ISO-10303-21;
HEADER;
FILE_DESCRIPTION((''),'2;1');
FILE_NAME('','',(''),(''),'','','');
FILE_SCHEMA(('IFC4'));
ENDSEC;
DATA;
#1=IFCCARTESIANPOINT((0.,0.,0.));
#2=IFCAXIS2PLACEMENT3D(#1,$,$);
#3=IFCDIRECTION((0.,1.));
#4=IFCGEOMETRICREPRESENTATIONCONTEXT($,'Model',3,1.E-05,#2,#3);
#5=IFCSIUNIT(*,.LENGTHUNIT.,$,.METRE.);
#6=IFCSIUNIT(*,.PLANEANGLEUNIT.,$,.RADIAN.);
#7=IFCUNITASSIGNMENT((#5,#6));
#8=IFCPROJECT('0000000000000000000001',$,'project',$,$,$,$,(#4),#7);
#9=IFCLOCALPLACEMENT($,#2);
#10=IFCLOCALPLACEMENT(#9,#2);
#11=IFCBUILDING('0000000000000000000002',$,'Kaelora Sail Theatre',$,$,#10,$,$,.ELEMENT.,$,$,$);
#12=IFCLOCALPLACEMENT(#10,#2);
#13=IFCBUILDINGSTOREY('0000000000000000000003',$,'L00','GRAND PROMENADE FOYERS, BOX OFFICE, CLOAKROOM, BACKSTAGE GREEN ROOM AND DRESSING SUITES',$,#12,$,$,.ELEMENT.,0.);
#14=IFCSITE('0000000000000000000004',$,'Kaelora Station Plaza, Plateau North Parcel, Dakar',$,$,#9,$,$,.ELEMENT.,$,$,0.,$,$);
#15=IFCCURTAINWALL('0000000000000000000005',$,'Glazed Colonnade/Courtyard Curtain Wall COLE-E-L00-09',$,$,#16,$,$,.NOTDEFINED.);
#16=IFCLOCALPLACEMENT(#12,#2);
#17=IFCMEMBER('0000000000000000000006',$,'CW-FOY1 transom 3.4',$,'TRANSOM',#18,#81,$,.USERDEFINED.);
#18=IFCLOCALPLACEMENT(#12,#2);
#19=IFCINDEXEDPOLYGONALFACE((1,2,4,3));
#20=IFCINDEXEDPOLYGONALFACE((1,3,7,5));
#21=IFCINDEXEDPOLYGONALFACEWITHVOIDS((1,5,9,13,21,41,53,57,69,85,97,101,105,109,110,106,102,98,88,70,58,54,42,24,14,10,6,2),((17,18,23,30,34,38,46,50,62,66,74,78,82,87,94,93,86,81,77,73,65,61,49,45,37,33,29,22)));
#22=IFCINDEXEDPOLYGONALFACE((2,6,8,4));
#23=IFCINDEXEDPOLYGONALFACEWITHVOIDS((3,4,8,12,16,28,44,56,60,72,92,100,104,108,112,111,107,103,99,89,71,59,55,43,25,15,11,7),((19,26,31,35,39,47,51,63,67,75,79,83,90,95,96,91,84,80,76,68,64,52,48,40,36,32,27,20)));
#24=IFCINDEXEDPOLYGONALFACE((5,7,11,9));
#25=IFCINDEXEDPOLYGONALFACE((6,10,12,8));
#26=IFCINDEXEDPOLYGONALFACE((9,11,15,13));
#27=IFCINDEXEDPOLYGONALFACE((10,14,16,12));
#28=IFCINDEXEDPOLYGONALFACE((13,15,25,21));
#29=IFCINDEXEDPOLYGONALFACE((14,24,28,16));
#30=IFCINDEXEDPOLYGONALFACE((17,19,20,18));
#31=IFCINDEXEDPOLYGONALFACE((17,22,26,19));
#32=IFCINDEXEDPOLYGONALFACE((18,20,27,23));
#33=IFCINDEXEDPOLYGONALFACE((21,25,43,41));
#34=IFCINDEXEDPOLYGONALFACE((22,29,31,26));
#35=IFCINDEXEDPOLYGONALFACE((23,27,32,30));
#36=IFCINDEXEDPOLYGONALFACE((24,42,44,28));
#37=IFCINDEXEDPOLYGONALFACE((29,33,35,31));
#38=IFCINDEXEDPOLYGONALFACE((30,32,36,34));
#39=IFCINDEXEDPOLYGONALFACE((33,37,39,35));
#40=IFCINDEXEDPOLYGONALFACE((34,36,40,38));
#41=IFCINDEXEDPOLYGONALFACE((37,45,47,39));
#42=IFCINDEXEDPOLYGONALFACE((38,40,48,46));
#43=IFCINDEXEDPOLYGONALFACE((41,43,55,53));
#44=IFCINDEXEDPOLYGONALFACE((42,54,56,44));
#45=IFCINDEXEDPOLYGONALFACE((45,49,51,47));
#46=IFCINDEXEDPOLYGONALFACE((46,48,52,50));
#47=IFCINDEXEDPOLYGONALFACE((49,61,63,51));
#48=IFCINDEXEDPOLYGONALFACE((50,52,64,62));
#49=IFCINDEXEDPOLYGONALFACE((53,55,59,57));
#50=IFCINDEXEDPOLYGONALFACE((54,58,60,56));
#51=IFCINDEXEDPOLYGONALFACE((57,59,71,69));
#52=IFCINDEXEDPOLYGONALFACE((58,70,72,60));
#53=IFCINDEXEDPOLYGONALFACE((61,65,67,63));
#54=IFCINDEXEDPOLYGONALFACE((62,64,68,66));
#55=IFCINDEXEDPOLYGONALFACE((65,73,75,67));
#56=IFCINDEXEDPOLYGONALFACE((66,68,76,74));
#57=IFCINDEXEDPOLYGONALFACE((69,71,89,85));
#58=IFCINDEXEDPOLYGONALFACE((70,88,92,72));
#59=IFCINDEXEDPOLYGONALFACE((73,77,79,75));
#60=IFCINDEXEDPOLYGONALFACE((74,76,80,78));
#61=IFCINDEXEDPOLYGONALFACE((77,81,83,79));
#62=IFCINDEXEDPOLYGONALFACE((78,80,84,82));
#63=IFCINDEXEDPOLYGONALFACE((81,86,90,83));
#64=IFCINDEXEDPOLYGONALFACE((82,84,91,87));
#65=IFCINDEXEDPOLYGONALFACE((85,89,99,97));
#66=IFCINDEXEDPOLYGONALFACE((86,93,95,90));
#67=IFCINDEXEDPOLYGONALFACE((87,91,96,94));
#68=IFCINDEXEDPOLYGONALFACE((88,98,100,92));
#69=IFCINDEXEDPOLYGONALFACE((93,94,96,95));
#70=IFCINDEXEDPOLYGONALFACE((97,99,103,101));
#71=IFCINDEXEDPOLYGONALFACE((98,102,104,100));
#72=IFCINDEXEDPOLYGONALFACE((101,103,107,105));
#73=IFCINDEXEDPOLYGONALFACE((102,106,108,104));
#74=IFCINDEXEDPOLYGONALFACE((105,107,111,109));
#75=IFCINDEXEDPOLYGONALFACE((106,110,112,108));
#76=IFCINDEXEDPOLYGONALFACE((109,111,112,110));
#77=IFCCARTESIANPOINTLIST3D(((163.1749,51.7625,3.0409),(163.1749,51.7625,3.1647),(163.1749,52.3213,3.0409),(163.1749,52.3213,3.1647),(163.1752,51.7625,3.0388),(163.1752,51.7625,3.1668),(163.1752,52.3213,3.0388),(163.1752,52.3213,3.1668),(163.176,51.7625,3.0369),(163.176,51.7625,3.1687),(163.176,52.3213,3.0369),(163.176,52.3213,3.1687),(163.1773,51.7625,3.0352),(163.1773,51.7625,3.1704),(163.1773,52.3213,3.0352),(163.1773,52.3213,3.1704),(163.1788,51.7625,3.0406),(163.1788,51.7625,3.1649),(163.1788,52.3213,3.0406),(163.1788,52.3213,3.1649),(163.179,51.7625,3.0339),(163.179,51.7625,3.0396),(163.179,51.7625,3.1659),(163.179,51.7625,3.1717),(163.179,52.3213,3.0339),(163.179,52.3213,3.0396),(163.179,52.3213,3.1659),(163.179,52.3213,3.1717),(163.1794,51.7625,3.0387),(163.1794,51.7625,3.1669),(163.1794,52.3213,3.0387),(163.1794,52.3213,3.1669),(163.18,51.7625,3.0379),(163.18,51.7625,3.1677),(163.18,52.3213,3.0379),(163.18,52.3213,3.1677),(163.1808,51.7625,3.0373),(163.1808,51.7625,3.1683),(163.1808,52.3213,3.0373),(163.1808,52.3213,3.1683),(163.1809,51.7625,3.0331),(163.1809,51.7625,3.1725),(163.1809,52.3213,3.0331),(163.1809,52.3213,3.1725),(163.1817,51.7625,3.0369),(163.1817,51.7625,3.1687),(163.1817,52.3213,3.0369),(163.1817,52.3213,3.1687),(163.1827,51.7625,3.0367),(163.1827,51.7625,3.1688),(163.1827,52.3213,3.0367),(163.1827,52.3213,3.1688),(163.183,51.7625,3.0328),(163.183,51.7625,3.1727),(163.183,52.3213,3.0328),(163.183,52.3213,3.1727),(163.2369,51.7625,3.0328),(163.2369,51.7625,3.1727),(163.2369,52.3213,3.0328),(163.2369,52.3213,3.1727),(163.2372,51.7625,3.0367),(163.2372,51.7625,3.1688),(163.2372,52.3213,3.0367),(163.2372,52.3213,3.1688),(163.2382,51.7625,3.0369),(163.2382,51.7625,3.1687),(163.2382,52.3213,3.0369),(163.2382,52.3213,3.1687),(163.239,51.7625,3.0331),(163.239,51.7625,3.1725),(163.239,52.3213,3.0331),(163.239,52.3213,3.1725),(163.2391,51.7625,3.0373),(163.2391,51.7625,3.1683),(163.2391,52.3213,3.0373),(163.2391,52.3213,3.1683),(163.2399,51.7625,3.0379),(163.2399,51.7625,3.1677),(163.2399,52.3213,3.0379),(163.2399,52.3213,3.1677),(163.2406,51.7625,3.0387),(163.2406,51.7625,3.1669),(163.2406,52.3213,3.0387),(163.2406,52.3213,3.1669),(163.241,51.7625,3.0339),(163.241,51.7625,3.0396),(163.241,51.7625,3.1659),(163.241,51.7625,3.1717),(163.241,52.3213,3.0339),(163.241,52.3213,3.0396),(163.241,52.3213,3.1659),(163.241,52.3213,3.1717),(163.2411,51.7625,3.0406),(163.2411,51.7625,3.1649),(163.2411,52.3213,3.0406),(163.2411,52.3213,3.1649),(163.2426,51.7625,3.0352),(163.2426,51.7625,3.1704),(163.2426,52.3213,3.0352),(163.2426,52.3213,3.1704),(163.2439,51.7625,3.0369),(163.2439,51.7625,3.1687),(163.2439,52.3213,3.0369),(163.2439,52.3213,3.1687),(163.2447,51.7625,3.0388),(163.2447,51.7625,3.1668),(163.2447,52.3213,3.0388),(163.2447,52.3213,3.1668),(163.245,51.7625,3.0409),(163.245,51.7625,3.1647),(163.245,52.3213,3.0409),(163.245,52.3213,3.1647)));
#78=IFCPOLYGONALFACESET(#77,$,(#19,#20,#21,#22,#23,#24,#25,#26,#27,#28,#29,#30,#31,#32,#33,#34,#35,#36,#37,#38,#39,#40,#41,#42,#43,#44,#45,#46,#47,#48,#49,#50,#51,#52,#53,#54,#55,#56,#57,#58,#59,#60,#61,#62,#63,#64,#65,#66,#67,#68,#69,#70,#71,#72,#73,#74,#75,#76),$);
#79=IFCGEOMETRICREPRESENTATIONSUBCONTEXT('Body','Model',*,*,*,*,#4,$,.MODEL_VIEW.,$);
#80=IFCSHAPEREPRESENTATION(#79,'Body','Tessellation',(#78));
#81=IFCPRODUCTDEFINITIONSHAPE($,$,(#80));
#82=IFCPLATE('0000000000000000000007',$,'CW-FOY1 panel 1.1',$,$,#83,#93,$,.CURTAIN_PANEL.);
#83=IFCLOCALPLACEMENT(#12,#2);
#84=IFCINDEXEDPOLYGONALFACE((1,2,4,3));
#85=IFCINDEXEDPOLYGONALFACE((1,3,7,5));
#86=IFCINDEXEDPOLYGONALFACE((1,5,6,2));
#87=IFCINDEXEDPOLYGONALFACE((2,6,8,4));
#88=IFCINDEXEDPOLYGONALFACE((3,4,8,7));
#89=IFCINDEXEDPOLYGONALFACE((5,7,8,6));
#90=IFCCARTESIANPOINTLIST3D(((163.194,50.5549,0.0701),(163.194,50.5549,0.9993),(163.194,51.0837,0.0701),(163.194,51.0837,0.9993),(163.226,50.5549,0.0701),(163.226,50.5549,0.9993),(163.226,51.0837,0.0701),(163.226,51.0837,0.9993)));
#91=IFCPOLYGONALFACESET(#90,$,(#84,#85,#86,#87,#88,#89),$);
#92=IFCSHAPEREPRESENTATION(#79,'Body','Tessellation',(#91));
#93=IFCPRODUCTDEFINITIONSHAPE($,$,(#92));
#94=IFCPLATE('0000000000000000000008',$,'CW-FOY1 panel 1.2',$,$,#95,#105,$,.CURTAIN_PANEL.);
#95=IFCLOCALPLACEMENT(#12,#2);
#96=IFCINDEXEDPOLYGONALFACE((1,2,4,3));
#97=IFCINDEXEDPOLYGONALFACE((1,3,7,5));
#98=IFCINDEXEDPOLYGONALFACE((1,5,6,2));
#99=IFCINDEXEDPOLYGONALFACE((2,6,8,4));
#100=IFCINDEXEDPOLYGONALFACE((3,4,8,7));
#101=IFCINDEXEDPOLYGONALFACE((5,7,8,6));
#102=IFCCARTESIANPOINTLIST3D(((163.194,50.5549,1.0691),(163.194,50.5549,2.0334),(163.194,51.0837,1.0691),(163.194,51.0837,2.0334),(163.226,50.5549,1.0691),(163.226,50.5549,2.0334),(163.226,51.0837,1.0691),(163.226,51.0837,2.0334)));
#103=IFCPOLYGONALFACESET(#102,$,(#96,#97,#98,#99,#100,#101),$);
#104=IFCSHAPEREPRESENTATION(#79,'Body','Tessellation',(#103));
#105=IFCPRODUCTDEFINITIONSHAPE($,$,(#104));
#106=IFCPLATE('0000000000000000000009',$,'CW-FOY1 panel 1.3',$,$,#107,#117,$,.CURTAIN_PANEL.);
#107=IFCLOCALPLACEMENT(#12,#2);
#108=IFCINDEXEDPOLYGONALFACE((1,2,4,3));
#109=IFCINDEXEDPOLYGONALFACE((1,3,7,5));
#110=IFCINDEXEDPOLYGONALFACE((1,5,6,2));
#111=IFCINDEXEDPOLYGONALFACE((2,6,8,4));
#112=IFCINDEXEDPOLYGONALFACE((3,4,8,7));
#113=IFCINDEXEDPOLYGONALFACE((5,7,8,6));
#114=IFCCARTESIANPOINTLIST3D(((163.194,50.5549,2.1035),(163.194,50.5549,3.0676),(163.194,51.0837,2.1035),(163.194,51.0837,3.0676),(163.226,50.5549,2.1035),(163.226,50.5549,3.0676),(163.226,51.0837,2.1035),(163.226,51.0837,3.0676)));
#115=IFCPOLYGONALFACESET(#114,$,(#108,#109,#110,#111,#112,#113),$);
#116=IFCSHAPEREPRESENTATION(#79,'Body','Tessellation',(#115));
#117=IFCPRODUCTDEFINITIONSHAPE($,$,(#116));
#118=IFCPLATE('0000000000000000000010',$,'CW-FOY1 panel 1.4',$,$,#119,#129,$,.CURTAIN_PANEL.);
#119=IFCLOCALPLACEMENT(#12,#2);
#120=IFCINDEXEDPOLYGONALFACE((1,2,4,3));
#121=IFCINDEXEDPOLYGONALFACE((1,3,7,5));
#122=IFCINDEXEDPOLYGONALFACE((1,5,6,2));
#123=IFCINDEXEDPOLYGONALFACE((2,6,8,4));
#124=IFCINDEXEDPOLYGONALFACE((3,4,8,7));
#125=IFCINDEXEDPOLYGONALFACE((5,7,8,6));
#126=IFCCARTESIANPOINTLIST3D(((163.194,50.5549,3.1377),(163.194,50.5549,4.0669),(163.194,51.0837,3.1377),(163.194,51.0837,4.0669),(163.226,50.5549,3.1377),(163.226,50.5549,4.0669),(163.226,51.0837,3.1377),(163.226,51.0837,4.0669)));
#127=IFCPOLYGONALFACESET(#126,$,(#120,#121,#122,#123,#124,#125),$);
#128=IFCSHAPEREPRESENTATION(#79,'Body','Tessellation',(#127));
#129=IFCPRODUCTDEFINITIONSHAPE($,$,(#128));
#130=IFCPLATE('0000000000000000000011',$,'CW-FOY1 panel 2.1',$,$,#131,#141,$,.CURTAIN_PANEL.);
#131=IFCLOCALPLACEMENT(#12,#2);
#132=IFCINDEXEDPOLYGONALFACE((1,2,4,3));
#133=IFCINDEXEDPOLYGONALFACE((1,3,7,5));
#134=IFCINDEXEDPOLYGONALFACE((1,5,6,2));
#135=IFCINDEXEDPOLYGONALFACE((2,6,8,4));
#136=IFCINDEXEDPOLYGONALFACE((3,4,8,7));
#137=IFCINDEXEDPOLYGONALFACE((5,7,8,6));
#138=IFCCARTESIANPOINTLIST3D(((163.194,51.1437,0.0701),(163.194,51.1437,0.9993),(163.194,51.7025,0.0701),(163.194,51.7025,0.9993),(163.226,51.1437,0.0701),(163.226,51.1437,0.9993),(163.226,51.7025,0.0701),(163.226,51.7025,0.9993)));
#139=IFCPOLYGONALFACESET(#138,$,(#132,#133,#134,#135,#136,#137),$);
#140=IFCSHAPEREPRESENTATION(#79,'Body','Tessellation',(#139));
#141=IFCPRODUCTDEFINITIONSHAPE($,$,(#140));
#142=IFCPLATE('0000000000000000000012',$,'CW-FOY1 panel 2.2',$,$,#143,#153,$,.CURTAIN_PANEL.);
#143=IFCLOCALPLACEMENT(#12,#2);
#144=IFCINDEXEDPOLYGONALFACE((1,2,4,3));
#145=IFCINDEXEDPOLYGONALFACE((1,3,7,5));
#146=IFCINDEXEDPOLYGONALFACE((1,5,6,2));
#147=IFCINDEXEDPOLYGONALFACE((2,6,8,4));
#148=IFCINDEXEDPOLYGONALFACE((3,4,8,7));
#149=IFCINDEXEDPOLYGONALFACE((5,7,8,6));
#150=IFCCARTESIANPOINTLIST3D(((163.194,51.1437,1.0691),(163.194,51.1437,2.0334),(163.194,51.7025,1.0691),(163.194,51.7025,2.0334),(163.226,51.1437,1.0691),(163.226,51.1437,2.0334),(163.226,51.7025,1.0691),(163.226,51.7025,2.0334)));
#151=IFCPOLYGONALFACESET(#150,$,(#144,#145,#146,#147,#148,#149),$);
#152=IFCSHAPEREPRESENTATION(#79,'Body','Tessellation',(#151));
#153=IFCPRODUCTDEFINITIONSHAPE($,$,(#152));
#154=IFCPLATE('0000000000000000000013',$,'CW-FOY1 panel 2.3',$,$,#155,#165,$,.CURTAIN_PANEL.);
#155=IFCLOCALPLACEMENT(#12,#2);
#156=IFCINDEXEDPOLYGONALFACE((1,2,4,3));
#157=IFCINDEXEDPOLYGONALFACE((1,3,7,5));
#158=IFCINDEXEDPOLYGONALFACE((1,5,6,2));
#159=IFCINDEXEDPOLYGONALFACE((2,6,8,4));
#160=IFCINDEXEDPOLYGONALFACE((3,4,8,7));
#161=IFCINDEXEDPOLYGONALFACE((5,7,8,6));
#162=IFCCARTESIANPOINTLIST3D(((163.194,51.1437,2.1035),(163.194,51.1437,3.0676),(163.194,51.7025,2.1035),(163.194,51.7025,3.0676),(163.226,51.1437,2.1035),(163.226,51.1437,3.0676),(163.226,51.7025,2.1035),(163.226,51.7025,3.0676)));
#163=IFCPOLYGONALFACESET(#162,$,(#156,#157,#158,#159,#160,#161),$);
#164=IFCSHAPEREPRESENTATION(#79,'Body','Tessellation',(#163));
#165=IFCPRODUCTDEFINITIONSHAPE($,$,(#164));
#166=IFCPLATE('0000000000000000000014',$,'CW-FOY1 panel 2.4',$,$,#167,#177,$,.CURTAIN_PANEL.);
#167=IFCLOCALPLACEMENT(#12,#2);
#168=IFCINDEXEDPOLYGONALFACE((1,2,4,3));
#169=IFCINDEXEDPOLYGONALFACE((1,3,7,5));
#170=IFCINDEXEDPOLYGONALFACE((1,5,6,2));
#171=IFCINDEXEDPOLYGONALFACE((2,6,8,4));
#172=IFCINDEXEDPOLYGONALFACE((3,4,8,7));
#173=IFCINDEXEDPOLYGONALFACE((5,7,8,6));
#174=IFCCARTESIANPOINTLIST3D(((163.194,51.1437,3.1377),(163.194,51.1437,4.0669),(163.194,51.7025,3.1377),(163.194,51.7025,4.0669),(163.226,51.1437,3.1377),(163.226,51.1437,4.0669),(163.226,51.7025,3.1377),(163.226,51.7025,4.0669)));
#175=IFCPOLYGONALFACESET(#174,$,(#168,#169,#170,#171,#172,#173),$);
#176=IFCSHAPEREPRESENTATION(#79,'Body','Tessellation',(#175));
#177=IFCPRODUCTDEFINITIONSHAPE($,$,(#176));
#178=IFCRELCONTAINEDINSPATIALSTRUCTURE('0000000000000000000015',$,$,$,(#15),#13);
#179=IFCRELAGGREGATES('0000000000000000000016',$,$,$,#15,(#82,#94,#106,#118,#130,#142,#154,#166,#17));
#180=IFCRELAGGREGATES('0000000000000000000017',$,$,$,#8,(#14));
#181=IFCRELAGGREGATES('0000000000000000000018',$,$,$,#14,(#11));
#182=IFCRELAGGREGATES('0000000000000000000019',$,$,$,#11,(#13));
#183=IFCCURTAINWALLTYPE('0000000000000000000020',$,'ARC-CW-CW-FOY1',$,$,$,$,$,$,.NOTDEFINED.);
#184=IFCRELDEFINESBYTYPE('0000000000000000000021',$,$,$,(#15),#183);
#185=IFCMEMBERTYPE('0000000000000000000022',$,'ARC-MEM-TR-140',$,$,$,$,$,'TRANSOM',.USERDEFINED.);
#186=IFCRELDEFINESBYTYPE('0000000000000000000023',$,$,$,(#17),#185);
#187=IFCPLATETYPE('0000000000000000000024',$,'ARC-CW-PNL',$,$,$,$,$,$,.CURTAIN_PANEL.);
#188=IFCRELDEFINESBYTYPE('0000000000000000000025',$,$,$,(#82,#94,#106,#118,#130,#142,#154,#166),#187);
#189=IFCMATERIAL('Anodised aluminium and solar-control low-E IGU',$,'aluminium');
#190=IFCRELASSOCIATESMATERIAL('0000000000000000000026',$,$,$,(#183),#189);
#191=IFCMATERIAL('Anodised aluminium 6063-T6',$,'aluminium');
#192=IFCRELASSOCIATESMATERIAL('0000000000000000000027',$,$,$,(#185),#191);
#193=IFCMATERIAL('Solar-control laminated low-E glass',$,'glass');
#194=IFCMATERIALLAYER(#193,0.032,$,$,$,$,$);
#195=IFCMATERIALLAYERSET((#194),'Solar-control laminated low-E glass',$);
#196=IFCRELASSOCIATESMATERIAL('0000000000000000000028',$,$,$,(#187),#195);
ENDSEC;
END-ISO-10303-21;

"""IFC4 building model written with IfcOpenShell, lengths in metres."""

from ifc_helpers import new_model, si_unit, direction, frame, origin, origin_2d, place, context, subcontext, project, spatial, rectangle, hollow_rectangle, extrude, material, layer, layer_set, material_profile, profile_set, type_object, element, aggregate, save


model = new_model("IFC4")

# Units and contexts
model_context = context("Model", 3, precision=1e-05, world=origin(), true_north=direction((0.0, 1.0)))
body_context = subcontext(model_context, "Body", "Model", "MODEL_VIEW")
ifc_project = project(units=[si_unit("LENGTHUNIT", "METRE"), si_unit("PLANEANGLEUNIT", "RADIAN")], contexts=[model_context])

# Site, building, storey
site_placement = place(None, origin())
site = spatial("IfcSite", under=ifc_project, at=site_placement, Name="Kaelora Station Plaza, Plateau North Parcel, Dakar", CompositionType="ELEMENT", RefElevation=0.0)
building_placement = place(site_placement, origin())
building = spatial("IfcBuilding", under=site, at=building_placement, Name="Kaelora Sail Theatre", CompositionType="ELEMENT")
storey_placement = place(building_placement, origin())
storey = spatial("IfcBuildingStorey", under=building, at=storey_placement, Name="L00", Description="GRAND PROMENADE FOYERS, BOX OFFICE, CLOAKROOM, BACKSTAGE GREEN ROOM AND DRESSING SUITES", CompositionType="ELEMENT", Elevation=0.0)

# Curtain wall, member, plates
ifc_material_1 = material(Name="Anodised aluminium and solar-control low-E IGU", Category="aluminium")
curtain_wall_type = type_object("IfcCurtainWallType", Name="ARC-CW-CW-FOY1", PredefinedType="NOTDEFINED", material=ifc_material_1)
curtain_wall_placement = place(storey_placement, origin())
curtain_wall = element("IfcCurtainWall", 1, at=curtain_wall_placement, inside=storey, type_object=curtain_wall_type, Name="Glazed Colonnade/Courtyard Curtain Wall COLE-E-L00-09", PredefinedType="NOTDEFINED")
ifc_material_2 = material(Name="Anodised aluminium 6063-T6", Category="aluminium")
ifc_material_profile_1 = material_profile(ifc_material_2, hollow_rectangle(XDim=0.0701, YDim=0.1399, WallThickness=0.0039, InnerFilletRadius=0.0039, OuterFilletRadius=0.0081, at=origin_2d()), Name="ALU-TRAN 70x140x4")
ifc_profile_set_1 = profile_set([ifc_material_profile_1], Name="Anodised aluminium 6063-T6")
member_type_1 = type_object("IfcMemberType", Name="ARC-MEM-TR-140", ElementType="TRANSOM", PredefinedType="USERDEFINED", material=ifc_profile_set_1)
member_1_placement = place(storey_placement, frame((163.21, 51.7625, 3.1028), z_axis=(0.0, 1.0, 0.0), x_axis=(-1.0, 0.0, 0.0)))
member_1 = element("IfcMember", 2, at=member_1_placement, type_object=member_type_1, Name="CW-FOY1 transom 3.4", ObjectType="TRANSOM", PredefinedType="USERDEFINED", context=body_context, shape_type="SweptSolid", body=[
    extrude(hollow_rectangle(XDim=0.0701, YDim=0.1399, WallThickness=0.0039, InnerFilletRadius=0.0039, OuterFilletRadius=0.0081, at=origin_2d()), origin(), (0.0, 0.0, 1.0), 0.5588),
])
ifc_material_3 = material(Name="Solar-control laminated low-E glass", Category="glass")
ifc_layer = layer(ifc_material_3, 0.032)
ifc_layer_set = layer_set([ifc_layer], Name="Solar-control laminated low-E glass")
plate_type = type_object("IfcPlateType", Name="ARC-CW-PNL", PredefinedType="CURTAIN_PANEL", material=ifc_layer_set)
plate_1_placement = place(storey_placement, frame((163.21, 50.8193, 0.0701), z_axis=(0.0, 0.0, 1.0), x_axis=(0.0, 1.0, 0.0)))
plate_1 = element("IfcPlate", 3, at=plate_1_placement, type_object=plate_type, Name="CW-FOY1 panel 1.1", PredefinedType="CURTAIN_PANEL", context=body_context, shape_type="SweptSolid", body=[
    extrude(rectangle(XDim=0.5288, YDim=0.032, at=origin_2d()), origin(), (0.0, 0.0, 1.0), 0.9292),
])
plate_2_placement = place(storey_placement, frame((163.21, 50.8193, 1.0691), z_axis=(0.0, 0.0, 1.0), x_axis=(0.0, 1.0, 0.0)))
plate_2 = element("IfcPlate", 4, at=plate_2_placement, type_object=plate_type, Name="CW-FOY1 panel 1.2", PredefinedType="CURTAIN_PANEL", context=body_context, shape_type="SweptSolid", body=[
    extrude(rectangle(XDim=0.5288, YDim=0.032, at=origin_2d()), origin(), (0.0, 0.0, 1.0), 0.9644),
])
plate_3_placement = place(storey_placement, frame((163.21, 50.8193, 2.1035), z_axis=(0.0, 0.0, 1.0), x_axis=(0.0, 1.0, 0.0)))
plate_3 = element("IfcPlate", 5, at=plate_3_placement, type_object=plate_type, Name="CW-FOY1 panel 1.3", PredefinedType="CURTAIN_PANEL", context=body_context, shape_type="SweptSolid", body=[
    extrude(rectangle(XDim=0.5288, YDim=0.032, at=origin_2d()), origin(), (0.0, 0.0, 1.0), 0.9641),
])
plate_4_placement = place(storey_placement, frame((163.21, 50.8193, 3.1377), z_axis=(0.0, 0.0, 1.0), x_axis=(0.0, 1.0, 0.0)))
plate_4 = element("IfcPlate", 6, at=plate_4_placement, type_object=plate_type, Name="CW-FOY1 panel 1.4", PredefinedType="CURTAIN_PANEL", context=body_context, shape_type="SweptSolid", body=[
    extrude(rectangle(XDim=0.5288, YDim=0.032, at=origin_2d()), origin(), (0.0, 0.0, 1.0), 0.9292),
])
plate_5_placement = place(storey_placement, frame((163.21, 51.4231, 0.0701), z_axis=(0.0, 0.0, 1.0), x_axis=(0.0, 1.0, 0.0)))
plate_5 = element("IfcPlate", 7, at=plate_5_placement, type_object=plate_type, Name="CW-FOY1 panel 2.1", PredefinedType="CURTAIN_PANEL", context=body_context, shape_type="SweptSolid", body=[
    extrude(rectangle(XDim=0.5588, YDim=0.032, at=origin_2d()), origin(), (0.0, 0.0, 1.0), 0.9292),
])
plate_6_placement = place(storey_placement, frame((163.21, 51.4231, 1.0691), z_axis=(0.0, 0.0, 1.0), x_axis=(0.0, 1.0, 0.0)))
plate_6 = element("IfcPlate", 8, at=plate_6_placement, type_object=plate_type, Name="CW-FOY1 panel 2.2", PredefinedType="CURTAIN_PANEL", context=body_context, shape_type="SweptSolid", body=[
    extrude(rectangle(XDim=0.5588, YDim=0.032, at=origin_2d()), origin(), (0.0, 0.0, 1.0), 0.9644),
])
plate_7_placement = place(storey_placement, frame((163.21, 51.4231, 2.1035), z_axis=(0.0, 0.0, 1.0), x_axis=(0.0, 1.0, 0.0)))
plate_7 = element("IfcPlate", 9, at=plate_7_placement, type_object=plate_type, Name="CW-FOY1 panel 2.3", PredefinedType="CURTAIN_PANEL", context=body_context, shape_type="SweptSolid", body=[
    extrude(rectangle(XDim=0.5588, YDim=0.032, at=origin_2d()), origin(), (0.0, 0.0, 1.0), 0.9641),
])
plate_8_placement = place(storey_placement, frame((163.21, 51.4231, 3.1377), z_axis=(0.0, 0.0, 1.0), x_axis=(0.0, 1.0, 0.0)))
plate_8 = element("IfcPlate", 10, at=plate_8_placement, type_object=plate_type, Name="CW-FOY1 panel 2.4", PredefinedType="CURTAIN_PANEL", context=body_context, shape_type="SweptSolid", body=[
    extrude(rectangle(XDim=0.5588, YDim=0.032, at=origin_2d()), origin(), (0.0, 0.0, 1.0), 0.9292),
])
aggregate(curtain_wall, [plate_1, plate_2, plate_3, plate_4, plate_5, plate_6, plate_7, plate_8, member_1])

save(model, "model.ifc")
